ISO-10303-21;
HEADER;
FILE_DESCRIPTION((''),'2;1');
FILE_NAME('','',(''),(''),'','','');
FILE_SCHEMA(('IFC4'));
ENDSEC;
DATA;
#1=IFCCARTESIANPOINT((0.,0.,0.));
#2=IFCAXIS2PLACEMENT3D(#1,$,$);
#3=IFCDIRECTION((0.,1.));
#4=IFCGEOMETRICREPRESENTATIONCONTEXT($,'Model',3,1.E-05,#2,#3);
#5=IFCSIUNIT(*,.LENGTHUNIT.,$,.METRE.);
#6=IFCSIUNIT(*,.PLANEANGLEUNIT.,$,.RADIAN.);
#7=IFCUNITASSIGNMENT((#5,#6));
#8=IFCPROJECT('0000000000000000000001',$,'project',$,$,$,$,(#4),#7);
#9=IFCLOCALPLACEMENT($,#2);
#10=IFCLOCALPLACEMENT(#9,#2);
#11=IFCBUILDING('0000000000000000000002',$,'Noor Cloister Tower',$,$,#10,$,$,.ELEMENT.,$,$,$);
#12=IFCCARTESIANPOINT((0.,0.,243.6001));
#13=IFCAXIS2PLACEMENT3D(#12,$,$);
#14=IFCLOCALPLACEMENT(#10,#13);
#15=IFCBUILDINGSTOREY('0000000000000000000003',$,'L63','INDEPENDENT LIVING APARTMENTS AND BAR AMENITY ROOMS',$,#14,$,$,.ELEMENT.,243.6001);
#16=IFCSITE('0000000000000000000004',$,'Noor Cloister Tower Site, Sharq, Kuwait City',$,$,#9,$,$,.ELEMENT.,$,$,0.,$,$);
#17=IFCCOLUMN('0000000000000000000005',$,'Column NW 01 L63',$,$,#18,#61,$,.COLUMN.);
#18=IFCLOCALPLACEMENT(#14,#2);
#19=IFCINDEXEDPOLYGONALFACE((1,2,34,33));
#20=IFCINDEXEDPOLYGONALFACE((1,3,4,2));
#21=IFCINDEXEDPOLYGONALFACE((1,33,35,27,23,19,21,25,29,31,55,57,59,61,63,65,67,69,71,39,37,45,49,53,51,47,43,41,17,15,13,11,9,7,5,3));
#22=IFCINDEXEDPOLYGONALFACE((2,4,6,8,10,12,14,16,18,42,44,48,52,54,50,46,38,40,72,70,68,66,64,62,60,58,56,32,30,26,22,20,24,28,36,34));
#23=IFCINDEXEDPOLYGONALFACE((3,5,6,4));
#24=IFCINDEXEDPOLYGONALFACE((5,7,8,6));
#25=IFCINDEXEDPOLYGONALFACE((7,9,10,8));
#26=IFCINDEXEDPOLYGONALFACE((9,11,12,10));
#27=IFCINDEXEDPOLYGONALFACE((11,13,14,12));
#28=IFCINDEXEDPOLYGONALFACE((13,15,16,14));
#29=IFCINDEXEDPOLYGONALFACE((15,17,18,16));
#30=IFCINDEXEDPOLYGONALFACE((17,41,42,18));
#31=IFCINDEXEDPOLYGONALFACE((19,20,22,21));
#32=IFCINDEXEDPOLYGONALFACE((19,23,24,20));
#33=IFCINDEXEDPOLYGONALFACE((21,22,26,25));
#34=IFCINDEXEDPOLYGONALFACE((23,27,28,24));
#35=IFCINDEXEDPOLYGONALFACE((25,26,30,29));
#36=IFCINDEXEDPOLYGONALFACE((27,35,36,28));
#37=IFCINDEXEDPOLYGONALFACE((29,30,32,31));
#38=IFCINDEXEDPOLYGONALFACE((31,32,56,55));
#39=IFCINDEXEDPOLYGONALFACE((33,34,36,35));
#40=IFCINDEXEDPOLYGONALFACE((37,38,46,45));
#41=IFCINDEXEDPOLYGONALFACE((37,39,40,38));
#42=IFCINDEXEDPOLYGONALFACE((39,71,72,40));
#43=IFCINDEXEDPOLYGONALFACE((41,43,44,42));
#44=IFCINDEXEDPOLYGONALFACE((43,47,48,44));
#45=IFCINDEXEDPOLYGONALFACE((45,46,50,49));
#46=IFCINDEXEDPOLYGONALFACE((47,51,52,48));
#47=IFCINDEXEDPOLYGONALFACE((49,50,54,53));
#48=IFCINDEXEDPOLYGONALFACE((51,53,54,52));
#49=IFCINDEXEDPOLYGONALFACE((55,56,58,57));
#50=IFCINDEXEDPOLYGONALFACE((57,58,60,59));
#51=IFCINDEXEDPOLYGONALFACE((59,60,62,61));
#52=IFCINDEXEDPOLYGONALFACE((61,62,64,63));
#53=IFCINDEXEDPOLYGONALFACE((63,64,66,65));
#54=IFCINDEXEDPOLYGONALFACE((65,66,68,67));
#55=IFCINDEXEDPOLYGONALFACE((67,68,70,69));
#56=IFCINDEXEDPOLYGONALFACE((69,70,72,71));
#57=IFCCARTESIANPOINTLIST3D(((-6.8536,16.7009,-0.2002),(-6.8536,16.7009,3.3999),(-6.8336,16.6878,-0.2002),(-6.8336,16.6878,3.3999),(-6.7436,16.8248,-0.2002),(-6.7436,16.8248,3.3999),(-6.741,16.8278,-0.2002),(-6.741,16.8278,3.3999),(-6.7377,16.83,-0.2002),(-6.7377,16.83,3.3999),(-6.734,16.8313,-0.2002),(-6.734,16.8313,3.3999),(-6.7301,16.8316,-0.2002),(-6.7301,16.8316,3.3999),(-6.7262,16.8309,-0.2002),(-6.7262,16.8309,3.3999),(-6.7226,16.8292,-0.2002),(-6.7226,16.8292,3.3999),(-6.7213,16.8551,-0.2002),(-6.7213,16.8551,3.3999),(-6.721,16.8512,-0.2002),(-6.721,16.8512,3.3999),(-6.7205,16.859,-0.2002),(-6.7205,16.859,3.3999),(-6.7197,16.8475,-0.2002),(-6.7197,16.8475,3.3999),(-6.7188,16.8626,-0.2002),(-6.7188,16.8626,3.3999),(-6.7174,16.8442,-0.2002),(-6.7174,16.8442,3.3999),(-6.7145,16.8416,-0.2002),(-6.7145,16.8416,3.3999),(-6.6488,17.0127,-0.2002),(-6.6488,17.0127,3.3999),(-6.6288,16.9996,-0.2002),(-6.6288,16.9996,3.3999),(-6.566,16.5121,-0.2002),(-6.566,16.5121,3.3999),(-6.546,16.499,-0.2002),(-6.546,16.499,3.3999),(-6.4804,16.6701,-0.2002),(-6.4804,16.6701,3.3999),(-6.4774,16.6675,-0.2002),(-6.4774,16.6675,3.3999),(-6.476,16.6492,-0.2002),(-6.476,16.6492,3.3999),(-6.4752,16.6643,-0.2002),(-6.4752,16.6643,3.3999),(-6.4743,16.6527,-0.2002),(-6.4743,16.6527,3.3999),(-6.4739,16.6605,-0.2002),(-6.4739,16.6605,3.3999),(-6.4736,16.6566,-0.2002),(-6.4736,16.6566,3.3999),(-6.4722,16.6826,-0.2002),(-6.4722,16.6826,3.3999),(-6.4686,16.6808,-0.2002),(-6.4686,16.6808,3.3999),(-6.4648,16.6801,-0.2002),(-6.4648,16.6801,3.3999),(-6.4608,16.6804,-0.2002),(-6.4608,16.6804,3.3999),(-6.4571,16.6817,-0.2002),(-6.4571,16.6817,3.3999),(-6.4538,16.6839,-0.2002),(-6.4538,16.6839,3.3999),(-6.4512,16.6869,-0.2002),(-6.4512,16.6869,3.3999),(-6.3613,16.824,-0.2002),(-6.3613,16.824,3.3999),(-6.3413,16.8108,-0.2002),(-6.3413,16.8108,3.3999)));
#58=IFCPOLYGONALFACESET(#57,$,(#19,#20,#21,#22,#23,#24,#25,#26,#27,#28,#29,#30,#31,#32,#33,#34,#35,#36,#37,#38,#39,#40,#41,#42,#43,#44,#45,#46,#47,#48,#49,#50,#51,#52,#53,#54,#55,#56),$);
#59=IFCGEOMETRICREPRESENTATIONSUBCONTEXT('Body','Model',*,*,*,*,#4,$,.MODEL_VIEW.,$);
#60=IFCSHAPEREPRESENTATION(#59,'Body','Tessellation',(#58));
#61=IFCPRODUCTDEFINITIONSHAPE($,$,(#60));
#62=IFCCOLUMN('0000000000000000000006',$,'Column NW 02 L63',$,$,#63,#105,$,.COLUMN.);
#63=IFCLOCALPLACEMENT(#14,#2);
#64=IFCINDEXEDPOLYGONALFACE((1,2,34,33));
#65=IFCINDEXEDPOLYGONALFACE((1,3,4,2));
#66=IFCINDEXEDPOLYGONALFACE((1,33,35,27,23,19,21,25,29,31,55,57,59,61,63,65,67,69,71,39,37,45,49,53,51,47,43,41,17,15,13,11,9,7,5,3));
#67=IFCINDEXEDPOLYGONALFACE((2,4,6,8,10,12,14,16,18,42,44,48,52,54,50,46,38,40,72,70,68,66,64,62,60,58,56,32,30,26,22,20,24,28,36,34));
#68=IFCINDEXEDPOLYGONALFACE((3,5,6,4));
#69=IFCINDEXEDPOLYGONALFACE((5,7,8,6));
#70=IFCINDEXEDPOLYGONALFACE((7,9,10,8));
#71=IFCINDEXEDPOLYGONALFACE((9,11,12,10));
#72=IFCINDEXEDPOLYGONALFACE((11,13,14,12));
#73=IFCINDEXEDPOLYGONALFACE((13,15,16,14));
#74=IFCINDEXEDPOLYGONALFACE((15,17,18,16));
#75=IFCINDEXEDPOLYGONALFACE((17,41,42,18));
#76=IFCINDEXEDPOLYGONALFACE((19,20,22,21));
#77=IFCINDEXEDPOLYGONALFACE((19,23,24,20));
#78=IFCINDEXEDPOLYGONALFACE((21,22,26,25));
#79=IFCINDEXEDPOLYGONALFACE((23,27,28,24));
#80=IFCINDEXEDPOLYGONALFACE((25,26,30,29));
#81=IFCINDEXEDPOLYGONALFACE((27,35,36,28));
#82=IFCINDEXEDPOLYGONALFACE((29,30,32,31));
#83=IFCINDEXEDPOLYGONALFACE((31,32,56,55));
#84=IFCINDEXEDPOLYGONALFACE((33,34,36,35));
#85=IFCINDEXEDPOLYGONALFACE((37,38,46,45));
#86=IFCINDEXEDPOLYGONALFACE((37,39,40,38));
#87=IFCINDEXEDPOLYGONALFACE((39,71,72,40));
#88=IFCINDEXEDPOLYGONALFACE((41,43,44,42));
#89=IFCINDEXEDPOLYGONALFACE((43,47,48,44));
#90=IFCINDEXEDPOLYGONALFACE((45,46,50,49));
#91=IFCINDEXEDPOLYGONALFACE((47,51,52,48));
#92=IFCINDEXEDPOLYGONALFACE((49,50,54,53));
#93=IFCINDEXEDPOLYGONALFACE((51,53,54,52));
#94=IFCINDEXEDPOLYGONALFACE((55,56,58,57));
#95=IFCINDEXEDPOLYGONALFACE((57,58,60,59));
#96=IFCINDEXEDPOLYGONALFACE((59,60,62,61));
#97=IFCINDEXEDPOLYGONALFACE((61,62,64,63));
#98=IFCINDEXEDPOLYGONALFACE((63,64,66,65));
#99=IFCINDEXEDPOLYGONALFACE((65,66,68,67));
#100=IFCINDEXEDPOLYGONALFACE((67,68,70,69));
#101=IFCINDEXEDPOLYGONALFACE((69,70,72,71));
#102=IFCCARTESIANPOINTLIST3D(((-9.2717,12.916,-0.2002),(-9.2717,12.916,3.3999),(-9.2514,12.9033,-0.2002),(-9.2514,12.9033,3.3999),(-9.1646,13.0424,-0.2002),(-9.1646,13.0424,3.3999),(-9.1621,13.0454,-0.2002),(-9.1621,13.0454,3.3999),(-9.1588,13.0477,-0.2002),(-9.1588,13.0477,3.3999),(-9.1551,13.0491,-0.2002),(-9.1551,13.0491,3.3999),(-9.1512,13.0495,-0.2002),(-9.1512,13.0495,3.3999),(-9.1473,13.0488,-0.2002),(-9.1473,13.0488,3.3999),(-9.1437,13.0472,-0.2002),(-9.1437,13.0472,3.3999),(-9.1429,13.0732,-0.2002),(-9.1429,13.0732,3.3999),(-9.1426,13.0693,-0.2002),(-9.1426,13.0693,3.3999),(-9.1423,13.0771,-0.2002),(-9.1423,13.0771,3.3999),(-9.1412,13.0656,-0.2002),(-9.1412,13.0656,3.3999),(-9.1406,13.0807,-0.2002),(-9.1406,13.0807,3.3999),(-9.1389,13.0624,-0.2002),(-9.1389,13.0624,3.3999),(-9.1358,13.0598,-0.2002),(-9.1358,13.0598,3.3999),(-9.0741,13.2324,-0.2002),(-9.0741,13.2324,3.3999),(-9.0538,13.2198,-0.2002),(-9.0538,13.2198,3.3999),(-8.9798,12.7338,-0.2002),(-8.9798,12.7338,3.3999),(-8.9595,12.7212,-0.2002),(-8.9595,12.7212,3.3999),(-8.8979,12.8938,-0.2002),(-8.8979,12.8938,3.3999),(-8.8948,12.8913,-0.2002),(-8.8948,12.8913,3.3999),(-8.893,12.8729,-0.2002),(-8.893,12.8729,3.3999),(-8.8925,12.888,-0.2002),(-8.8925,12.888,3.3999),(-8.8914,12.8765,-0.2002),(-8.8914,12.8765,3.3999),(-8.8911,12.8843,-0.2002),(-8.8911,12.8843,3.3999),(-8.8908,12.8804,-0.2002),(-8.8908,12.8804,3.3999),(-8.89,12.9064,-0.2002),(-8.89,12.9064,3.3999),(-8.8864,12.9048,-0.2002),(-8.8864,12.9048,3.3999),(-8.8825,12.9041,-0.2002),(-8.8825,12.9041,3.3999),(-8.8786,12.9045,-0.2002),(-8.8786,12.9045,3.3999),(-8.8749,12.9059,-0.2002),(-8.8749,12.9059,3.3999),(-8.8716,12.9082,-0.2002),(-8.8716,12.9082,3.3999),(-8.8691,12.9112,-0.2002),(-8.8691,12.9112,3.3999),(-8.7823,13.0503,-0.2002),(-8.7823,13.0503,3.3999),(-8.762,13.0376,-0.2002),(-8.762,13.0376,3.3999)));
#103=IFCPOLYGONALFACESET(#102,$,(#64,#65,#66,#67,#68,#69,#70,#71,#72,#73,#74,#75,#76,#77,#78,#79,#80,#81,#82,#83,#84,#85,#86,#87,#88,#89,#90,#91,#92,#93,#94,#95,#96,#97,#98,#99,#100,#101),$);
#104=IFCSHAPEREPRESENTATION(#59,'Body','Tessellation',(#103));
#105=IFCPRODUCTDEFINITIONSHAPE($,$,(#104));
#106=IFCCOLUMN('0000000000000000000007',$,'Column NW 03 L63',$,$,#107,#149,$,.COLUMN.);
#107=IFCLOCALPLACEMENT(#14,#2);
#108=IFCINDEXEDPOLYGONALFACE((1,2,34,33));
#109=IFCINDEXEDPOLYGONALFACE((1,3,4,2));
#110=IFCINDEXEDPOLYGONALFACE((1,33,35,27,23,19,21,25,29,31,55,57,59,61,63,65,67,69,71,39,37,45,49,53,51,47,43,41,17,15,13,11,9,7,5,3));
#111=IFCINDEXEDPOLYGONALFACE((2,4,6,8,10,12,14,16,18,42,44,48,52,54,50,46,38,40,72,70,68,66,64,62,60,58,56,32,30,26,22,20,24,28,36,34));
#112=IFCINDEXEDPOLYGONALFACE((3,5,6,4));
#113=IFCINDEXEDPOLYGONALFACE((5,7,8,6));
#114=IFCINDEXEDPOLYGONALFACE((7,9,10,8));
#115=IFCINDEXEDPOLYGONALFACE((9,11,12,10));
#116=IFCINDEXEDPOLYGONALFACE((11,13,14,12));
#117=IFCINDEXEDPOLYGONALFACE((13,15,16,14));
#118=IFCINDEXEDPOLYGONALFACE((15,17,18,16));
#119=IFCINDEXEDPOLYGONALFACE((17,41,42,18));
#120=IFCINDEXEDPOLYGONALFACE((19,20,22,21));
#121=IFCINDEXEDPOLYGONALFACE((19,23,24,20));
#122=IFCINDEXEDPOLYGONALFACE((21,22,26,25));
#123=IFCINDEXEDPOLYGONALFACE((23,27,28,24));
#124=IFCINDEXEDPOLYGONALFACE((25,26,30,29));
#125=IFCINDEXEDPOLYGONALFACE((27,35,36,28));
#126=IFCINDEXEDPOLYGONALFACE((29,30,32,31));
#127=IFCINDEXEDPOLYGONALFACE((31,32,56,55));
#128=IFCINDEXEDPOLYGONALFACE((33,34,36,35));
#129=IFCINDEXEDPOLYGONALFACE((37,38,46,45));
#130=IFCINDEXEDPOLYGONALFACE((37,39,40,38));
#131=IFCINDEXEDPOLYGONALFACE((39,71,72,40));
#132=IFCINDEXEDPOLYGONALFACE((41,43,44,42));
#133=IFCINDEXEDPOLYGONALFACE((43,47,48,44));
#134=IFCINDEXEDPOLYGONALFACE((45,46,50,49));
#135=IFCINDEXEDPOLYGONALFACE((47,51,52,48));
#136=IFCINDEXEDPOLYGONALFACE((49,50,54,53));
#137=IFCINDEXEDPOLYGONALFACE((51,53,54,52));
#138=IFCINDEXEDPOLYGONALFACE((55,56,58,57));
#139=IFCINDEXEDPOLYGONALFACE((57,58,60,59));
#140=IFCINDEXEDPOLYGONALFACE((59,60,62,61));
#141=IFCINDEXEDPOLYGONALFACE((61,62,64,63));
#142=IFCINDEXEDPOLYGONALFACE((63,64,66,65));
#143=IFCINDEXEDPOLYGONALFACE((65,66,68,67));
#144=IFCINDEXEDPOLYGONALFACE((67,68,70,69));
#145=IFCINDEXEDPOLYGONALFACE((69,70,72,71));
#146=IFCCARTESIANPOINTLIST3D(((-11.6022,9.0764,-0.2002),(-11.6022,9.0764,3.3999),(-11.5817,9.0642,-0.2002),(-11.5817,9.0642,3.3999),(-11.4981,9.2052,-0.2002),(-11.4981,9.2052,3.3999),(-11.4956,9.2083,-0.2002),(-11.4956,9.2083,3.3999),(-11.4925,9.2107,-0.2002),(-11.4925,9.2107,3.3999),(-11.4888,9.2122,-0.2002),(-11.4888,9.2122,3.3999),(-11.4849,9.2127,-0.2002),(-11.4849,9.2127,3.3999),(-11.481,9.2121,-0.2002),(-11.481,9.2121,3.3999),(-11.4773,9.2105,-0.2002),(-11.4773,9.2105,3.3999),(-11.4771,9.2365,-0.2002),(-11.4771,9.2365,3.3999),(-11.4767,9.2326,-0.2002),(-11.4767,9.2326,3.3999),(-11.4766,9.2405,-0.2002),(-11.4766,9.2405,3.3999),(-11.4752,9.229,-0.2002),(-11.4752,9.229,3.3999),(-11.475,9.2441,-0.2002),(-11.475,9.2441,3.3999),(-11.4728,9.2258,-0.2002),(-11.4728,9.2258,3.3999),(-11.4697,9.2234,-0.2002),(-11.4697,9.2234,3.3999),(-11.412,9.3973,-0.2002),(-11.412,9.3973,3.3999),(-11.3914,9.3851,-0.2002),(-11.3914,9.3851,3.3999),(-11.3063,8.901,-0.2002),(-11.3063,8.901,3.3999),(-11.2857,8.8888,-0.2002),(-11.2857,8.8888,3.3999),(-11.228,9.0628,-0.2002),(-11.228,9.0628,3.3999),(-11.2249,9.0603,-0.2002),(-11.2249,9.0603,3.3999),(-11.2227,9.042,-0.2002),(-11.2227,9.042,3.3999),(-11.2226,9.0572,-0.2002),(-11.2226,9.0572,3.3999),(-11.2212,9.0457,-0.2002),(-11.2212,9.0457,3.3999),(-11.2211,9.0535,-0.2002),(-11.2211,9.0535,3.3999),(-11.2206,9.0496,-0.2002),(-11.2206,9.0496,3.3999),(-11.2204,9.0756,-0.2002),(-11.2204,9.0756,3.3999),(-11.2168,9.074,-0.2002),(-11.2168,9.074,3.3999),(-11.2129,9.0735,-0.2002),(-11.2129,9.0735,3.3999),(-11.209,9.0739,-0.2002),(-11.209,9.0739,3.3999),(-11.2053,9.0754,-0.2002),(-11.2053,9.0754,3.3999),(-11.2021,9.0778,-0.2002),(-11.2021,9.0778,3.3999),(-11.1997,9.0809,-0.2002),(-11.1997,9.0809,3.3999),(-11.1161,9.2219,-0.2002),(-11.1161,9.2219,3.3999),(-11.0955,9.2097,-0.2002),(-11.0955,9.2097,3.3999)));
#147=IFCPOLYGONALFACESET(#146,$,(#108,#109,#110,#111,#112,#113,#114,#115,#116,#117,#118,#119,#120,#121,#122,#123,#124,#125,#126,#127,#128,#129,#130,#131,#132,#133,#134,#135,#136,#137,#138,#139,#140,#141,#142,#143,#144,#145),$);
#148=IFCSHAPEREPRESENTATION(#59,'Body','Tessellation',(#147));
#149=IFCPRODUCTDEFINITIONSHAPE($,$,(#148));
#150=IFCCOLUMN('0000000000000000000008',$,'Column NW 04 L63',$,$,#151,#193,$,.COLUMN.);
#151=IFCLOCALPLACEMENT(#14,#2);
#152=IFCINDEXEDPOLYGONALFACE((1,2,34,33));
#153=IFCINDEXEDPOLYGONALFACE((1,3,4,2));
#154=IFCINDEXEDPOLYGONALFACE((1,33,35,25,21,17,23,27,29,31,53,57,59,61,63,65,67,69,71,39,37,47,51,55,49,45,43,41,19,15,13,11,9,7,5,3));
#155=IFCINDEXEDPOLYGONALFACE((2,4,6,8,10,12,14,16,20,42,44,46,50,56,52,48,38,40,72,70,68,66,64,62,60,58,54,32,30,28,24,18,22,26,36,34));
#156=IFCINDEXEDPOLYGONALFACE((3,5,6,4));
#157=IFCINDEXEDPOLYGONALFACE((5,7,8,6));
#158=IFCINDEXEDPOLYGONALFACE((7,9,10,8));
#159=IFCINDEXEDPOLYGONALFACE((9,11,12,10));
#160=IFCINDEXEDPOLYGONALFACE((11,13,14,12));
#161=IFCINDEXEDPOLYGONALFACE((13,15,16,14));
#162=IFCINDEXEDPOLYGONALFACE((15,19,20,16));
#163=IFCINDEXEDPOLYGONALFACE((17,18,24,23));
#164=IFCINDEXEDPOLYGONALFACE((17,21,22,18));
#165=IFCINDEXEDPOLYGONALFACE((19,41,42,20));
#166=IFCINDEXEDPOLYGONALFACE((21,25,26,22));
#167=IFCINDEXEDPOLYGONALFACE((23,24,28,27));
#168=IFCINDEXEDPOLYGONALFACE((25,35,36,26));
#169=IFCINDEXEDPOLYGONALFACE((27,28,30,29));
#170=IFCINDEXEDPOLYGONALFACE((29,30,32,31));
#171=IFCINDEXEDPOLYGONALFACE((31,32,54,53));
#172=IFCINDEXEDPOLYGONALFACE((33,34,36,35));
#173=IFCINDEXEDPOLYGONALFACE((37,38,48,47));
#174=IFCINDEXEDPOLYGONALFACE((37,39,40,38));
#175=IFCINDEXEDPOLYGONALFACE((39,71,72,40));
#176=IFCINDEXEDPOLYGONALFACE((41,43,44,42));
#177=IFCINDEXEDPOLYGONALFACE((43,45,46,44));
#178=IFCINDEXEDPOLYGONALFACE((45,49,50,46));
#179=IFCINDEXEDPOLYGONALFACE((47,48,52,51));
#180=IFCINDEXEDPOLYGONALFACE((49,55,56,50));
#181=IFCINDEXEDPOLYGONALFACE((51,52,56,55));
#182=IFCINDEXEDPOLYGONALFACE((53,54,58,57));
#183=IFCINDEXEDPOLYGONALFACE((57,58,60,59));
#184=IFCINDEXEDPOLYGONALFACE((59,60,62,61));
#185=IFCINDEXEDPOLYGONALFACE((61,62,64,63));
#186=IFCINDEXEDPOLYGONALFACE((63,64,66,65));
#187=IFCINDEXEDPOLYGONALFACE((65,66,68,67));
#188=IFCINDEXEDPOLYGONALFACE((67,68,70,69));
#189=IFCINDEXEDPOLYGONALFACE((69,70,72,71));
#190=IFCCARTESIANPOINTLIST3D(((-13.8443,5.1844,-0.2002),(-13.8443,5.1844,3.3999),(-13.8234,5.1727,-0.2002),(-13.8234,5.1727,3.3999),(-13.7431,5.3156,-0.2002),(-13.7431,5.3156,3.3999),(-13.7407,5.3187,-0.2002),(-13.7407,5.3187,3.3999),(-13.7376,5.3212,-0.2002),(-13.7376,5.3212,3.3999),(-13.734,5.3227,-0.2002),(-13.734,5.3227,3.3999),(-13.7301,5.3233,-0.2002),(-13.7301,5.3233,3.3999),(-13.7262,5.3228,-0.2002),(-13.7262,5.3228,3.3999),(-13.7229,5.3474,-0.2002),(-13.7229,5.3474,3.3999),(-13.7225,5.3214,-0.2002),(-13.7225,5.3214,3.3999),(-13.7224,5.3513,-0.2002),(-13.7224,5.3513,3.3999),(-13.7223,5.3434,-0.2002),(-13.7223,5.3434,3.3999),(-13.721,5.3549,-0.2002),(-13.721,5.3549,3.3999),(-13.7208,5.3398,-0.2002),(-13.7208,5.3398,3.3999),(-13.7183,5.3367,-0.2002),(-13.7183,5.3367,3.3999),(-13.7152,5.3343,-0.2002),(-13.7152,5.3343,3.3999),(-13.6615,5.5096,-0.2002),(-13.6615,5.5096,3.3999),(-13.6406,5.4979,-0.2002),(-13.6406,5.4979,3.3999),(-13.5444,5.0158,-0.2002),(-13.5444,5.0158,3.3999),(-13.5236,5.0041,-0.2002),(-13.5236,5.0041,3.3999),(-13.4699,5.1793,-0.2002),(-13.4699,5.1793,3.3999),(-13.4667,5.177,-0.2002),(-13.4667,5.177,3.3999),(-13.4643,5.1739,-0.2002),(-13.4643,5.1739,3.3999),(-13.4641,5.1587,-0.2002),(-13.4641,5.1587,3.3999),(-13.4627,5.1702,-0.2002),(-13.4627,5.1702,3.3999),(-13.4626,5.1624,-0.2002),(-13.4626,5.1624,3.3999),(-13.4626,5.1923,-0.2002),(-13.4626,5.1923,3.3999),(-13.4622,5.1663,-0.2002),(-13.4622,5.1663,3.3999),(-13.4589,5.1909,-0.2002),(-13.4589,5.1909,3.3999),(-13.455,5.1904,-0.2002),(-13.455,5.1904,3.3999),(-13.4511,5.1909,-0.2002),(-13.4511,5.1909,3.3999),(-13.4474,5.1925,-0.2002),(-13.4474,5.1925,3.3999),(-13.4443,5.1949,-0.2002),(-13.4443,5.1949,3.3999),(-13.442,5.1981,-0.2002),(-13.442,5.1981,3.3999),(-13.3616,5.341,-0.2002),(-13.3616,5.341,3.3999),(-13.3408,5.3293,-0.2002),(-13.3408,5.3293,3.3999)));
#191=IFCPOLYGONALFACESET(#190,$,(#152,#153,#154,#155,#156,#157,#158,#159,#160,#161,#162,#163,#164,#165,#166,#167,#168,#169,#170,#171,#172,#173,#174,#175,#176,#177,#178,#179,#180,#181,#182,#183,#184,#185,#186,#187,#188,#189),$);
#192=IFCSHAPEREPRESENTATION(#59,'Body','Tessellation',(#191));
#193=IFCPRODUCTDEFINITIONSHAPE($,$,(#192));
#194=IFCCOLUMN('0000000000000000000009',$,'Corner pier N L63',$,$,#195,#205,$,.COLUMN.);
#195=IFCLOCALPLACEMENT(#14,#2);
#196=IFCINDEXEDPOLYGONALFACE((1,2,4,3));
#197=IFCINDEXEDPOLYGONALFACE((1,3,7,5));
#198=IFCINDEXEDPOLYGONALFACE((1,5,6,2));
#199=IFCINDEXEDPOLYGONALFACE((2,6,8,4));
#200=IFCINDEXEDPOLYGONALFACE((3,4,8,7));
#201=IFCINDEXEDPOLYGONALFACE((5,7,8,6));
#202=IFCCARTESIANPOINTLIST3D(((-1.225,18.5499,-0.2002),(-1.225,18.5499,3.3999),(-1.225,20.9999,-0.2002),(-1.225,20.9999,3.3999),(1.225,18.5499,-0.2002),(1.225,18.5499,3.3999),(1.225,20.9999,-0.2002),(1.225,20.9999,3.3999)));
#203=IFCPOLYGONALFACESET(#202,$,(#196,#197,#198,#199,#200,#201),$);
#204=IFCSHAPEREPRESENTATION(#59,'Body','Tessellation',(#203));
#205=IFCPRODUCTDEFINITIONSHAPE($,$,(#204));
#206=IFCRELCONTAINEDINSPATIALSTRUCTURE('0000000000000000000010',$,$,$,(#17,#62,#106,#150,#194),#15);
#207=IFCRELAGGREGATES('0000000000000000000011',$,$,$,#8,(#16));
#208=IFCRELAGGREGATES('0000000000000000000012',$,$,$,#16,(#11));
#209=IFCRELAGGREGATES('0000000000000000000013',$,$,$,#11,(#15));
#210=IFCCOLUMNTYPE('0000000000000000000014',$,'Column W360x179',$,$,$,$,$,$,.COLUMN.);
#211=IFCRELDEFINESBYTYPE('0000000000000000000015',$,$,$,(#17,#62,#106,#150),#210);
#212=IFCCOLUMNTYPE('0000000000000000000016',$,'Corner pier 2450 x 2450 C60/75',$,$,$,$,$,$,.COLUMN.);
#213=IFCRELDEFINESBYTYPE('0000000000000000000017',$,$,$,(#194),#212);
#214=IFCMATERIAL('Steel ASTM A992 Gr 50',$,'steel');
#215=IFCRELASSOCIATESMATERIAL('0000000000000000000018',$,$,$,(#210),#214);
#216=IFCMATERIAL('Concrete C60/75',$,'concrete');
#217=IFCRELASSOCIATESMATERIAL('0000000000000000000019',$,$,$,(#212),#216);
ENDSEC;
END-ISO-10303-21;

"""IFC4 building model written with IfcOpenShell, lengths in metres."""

from ifc_helpers import new_model, si_unit, direction, frame, origin, origin_2d, place, context, subcontext, project, spatial, rectangle, i_section, extrude, material, material_profile, profile_set, type_object, element, save


model = new_model("IFC4")

# Units and contexts
model_context = context("Model", 3, precision=1e-05, world=origin(), true_north=direction((0.0, 1.0)))
body_context = subcontext(model_context, "Body", "Model", "MODEL_VIEW")
ifc_project = project(units=[si_unit("LENGTHUNIT", "METRE"), si_unit("PLANEANGLEUNIT", "RADIAN")], contexts=[model_context])

# Site, building, storey
site_placement = place(None, origin())
site = spatial("IfcSite", under=ifc_project, at=site_placement, Name="Noor Cloister Tower Site, Sharq, Kuwait City", CompositionType="ELEMENT", RefElevation=0.0)
building_placement = place(site_placement, origin())
building = spatial("IfcBuilding", under=site, at=building_placement, Name="Noor Cloister Tower", CompositionType="ELEMENT")
storey_placement = place(building_placement, frame((0.0, 0.0, 243.6001)))
storey = spatial("IfcBuildingStorey", under=building, at=storey_placement, Name="L63", Description="INDEPENDENT LIVING APARTMENTS AND BAR AMENITY ROOMS", CompositionType="ELEMENT", Elevation=243.6001)

# Columns
ifc_material_1 = material(Name="Steel ASTM A992 Gr 50", Category="steel")
ifc_material_profile_1 = material_profile(ifc_material_1, i_section(OverallWidth=0.373, OverallDepth=0.3679, WebThickness=0.0149, FlangeThickness=0.0239, FilletRadius=0.0151, at=origin_2d()), Name="W360x179")
ifc_profile_set_1 = profile_set([ifc_material_profile_1], Name="Steel ASTM A992 Gr 50")
column_type_1 = type_object("IfcColumnType", Name="Column W360x179", PredefinedType="COLUMN", material=ifc_profile_set_1)
for number, where, z_axis, x_axis, name in (
    (1, (-6.5974, 16.7559, -0.2002), (0.0, 0.0, 1.0), (-0.54879, -0.83596, 0.0), "Column NW 01 L63"),
    (2, (-9.0168, 12.9768, -0.2002), (0.0, 0.0, 1.0), (-0.529481, -0.848322, 0.0), "Column NW 02 L63"),
    (3, (-11.3489, 9.1431, -0.2002), (0.0, 0.0, 1.0), (-0.509895, -0.860237, 0.0), "Column NW 03 L63"),
    (4, (-13.5925, 5.2568, -0.2002), (0.0, 0.0, 1.0), (-0.49004, -0.8717, 0.0), "Column NW 04 L63"),
):
    element("IfcColumn", number, at=place(storey_placement, frame(where, z_axis=z_axis, x_axis=x_axis)), inside=storey, type_object=column_type_1, Name=name, PredefinedType="COLUMN", context=body_context, shape_type="SweptSolid", body=[
        extrude(i_section(OverallWidth=0.373, OverallDepth=0.3679, WebThickness=0.0149, FlangeThickness=0.0239, FilletRadius=0.0151, at=origin_2d()), origin(), (0.0, 0.0, 1.0), 3.6001),
    ])
ifc_material_2 = material(Name="Concrete C60/75", Category="concrete")
ifc_material_profile_2 = material_profile(ifc_material_2, rectangle(XDim=2.45, YDim=2.45, at=origin_2d()), Name="RC 2450x2450")
ifc_profile_set_2 = profile_set([ifc_material_profile_2], Name="Concrete C60/75")
column_type_2 = type_object("IfcColumnType", Name="Corner pier 2450 x 2450 C60/75", PredefinedType="COLUMN", material=ifc_profile_set_2)
column_placement = place(storey_placement, frame((0.0, 19.7749, -0.2002), z_axis=(0.0, 0.0, 1.0), x_axis=(0.0, 1.0, 0.0)))
element("IfcColumn", 5, at=column_placement, inside=storey, type_object=column_type_2, Name="Corner pier N L63", PredefinedType="COLUMN", context=body_context, shape_type="SweptSolid", body=[
    extrude(rectangle(XDim=2.45, YDim=2.45, at=origin_2d()), origin(), (0.0, 0.0, 1.0), 3.6001),
])

save(model, "model.ifc")
